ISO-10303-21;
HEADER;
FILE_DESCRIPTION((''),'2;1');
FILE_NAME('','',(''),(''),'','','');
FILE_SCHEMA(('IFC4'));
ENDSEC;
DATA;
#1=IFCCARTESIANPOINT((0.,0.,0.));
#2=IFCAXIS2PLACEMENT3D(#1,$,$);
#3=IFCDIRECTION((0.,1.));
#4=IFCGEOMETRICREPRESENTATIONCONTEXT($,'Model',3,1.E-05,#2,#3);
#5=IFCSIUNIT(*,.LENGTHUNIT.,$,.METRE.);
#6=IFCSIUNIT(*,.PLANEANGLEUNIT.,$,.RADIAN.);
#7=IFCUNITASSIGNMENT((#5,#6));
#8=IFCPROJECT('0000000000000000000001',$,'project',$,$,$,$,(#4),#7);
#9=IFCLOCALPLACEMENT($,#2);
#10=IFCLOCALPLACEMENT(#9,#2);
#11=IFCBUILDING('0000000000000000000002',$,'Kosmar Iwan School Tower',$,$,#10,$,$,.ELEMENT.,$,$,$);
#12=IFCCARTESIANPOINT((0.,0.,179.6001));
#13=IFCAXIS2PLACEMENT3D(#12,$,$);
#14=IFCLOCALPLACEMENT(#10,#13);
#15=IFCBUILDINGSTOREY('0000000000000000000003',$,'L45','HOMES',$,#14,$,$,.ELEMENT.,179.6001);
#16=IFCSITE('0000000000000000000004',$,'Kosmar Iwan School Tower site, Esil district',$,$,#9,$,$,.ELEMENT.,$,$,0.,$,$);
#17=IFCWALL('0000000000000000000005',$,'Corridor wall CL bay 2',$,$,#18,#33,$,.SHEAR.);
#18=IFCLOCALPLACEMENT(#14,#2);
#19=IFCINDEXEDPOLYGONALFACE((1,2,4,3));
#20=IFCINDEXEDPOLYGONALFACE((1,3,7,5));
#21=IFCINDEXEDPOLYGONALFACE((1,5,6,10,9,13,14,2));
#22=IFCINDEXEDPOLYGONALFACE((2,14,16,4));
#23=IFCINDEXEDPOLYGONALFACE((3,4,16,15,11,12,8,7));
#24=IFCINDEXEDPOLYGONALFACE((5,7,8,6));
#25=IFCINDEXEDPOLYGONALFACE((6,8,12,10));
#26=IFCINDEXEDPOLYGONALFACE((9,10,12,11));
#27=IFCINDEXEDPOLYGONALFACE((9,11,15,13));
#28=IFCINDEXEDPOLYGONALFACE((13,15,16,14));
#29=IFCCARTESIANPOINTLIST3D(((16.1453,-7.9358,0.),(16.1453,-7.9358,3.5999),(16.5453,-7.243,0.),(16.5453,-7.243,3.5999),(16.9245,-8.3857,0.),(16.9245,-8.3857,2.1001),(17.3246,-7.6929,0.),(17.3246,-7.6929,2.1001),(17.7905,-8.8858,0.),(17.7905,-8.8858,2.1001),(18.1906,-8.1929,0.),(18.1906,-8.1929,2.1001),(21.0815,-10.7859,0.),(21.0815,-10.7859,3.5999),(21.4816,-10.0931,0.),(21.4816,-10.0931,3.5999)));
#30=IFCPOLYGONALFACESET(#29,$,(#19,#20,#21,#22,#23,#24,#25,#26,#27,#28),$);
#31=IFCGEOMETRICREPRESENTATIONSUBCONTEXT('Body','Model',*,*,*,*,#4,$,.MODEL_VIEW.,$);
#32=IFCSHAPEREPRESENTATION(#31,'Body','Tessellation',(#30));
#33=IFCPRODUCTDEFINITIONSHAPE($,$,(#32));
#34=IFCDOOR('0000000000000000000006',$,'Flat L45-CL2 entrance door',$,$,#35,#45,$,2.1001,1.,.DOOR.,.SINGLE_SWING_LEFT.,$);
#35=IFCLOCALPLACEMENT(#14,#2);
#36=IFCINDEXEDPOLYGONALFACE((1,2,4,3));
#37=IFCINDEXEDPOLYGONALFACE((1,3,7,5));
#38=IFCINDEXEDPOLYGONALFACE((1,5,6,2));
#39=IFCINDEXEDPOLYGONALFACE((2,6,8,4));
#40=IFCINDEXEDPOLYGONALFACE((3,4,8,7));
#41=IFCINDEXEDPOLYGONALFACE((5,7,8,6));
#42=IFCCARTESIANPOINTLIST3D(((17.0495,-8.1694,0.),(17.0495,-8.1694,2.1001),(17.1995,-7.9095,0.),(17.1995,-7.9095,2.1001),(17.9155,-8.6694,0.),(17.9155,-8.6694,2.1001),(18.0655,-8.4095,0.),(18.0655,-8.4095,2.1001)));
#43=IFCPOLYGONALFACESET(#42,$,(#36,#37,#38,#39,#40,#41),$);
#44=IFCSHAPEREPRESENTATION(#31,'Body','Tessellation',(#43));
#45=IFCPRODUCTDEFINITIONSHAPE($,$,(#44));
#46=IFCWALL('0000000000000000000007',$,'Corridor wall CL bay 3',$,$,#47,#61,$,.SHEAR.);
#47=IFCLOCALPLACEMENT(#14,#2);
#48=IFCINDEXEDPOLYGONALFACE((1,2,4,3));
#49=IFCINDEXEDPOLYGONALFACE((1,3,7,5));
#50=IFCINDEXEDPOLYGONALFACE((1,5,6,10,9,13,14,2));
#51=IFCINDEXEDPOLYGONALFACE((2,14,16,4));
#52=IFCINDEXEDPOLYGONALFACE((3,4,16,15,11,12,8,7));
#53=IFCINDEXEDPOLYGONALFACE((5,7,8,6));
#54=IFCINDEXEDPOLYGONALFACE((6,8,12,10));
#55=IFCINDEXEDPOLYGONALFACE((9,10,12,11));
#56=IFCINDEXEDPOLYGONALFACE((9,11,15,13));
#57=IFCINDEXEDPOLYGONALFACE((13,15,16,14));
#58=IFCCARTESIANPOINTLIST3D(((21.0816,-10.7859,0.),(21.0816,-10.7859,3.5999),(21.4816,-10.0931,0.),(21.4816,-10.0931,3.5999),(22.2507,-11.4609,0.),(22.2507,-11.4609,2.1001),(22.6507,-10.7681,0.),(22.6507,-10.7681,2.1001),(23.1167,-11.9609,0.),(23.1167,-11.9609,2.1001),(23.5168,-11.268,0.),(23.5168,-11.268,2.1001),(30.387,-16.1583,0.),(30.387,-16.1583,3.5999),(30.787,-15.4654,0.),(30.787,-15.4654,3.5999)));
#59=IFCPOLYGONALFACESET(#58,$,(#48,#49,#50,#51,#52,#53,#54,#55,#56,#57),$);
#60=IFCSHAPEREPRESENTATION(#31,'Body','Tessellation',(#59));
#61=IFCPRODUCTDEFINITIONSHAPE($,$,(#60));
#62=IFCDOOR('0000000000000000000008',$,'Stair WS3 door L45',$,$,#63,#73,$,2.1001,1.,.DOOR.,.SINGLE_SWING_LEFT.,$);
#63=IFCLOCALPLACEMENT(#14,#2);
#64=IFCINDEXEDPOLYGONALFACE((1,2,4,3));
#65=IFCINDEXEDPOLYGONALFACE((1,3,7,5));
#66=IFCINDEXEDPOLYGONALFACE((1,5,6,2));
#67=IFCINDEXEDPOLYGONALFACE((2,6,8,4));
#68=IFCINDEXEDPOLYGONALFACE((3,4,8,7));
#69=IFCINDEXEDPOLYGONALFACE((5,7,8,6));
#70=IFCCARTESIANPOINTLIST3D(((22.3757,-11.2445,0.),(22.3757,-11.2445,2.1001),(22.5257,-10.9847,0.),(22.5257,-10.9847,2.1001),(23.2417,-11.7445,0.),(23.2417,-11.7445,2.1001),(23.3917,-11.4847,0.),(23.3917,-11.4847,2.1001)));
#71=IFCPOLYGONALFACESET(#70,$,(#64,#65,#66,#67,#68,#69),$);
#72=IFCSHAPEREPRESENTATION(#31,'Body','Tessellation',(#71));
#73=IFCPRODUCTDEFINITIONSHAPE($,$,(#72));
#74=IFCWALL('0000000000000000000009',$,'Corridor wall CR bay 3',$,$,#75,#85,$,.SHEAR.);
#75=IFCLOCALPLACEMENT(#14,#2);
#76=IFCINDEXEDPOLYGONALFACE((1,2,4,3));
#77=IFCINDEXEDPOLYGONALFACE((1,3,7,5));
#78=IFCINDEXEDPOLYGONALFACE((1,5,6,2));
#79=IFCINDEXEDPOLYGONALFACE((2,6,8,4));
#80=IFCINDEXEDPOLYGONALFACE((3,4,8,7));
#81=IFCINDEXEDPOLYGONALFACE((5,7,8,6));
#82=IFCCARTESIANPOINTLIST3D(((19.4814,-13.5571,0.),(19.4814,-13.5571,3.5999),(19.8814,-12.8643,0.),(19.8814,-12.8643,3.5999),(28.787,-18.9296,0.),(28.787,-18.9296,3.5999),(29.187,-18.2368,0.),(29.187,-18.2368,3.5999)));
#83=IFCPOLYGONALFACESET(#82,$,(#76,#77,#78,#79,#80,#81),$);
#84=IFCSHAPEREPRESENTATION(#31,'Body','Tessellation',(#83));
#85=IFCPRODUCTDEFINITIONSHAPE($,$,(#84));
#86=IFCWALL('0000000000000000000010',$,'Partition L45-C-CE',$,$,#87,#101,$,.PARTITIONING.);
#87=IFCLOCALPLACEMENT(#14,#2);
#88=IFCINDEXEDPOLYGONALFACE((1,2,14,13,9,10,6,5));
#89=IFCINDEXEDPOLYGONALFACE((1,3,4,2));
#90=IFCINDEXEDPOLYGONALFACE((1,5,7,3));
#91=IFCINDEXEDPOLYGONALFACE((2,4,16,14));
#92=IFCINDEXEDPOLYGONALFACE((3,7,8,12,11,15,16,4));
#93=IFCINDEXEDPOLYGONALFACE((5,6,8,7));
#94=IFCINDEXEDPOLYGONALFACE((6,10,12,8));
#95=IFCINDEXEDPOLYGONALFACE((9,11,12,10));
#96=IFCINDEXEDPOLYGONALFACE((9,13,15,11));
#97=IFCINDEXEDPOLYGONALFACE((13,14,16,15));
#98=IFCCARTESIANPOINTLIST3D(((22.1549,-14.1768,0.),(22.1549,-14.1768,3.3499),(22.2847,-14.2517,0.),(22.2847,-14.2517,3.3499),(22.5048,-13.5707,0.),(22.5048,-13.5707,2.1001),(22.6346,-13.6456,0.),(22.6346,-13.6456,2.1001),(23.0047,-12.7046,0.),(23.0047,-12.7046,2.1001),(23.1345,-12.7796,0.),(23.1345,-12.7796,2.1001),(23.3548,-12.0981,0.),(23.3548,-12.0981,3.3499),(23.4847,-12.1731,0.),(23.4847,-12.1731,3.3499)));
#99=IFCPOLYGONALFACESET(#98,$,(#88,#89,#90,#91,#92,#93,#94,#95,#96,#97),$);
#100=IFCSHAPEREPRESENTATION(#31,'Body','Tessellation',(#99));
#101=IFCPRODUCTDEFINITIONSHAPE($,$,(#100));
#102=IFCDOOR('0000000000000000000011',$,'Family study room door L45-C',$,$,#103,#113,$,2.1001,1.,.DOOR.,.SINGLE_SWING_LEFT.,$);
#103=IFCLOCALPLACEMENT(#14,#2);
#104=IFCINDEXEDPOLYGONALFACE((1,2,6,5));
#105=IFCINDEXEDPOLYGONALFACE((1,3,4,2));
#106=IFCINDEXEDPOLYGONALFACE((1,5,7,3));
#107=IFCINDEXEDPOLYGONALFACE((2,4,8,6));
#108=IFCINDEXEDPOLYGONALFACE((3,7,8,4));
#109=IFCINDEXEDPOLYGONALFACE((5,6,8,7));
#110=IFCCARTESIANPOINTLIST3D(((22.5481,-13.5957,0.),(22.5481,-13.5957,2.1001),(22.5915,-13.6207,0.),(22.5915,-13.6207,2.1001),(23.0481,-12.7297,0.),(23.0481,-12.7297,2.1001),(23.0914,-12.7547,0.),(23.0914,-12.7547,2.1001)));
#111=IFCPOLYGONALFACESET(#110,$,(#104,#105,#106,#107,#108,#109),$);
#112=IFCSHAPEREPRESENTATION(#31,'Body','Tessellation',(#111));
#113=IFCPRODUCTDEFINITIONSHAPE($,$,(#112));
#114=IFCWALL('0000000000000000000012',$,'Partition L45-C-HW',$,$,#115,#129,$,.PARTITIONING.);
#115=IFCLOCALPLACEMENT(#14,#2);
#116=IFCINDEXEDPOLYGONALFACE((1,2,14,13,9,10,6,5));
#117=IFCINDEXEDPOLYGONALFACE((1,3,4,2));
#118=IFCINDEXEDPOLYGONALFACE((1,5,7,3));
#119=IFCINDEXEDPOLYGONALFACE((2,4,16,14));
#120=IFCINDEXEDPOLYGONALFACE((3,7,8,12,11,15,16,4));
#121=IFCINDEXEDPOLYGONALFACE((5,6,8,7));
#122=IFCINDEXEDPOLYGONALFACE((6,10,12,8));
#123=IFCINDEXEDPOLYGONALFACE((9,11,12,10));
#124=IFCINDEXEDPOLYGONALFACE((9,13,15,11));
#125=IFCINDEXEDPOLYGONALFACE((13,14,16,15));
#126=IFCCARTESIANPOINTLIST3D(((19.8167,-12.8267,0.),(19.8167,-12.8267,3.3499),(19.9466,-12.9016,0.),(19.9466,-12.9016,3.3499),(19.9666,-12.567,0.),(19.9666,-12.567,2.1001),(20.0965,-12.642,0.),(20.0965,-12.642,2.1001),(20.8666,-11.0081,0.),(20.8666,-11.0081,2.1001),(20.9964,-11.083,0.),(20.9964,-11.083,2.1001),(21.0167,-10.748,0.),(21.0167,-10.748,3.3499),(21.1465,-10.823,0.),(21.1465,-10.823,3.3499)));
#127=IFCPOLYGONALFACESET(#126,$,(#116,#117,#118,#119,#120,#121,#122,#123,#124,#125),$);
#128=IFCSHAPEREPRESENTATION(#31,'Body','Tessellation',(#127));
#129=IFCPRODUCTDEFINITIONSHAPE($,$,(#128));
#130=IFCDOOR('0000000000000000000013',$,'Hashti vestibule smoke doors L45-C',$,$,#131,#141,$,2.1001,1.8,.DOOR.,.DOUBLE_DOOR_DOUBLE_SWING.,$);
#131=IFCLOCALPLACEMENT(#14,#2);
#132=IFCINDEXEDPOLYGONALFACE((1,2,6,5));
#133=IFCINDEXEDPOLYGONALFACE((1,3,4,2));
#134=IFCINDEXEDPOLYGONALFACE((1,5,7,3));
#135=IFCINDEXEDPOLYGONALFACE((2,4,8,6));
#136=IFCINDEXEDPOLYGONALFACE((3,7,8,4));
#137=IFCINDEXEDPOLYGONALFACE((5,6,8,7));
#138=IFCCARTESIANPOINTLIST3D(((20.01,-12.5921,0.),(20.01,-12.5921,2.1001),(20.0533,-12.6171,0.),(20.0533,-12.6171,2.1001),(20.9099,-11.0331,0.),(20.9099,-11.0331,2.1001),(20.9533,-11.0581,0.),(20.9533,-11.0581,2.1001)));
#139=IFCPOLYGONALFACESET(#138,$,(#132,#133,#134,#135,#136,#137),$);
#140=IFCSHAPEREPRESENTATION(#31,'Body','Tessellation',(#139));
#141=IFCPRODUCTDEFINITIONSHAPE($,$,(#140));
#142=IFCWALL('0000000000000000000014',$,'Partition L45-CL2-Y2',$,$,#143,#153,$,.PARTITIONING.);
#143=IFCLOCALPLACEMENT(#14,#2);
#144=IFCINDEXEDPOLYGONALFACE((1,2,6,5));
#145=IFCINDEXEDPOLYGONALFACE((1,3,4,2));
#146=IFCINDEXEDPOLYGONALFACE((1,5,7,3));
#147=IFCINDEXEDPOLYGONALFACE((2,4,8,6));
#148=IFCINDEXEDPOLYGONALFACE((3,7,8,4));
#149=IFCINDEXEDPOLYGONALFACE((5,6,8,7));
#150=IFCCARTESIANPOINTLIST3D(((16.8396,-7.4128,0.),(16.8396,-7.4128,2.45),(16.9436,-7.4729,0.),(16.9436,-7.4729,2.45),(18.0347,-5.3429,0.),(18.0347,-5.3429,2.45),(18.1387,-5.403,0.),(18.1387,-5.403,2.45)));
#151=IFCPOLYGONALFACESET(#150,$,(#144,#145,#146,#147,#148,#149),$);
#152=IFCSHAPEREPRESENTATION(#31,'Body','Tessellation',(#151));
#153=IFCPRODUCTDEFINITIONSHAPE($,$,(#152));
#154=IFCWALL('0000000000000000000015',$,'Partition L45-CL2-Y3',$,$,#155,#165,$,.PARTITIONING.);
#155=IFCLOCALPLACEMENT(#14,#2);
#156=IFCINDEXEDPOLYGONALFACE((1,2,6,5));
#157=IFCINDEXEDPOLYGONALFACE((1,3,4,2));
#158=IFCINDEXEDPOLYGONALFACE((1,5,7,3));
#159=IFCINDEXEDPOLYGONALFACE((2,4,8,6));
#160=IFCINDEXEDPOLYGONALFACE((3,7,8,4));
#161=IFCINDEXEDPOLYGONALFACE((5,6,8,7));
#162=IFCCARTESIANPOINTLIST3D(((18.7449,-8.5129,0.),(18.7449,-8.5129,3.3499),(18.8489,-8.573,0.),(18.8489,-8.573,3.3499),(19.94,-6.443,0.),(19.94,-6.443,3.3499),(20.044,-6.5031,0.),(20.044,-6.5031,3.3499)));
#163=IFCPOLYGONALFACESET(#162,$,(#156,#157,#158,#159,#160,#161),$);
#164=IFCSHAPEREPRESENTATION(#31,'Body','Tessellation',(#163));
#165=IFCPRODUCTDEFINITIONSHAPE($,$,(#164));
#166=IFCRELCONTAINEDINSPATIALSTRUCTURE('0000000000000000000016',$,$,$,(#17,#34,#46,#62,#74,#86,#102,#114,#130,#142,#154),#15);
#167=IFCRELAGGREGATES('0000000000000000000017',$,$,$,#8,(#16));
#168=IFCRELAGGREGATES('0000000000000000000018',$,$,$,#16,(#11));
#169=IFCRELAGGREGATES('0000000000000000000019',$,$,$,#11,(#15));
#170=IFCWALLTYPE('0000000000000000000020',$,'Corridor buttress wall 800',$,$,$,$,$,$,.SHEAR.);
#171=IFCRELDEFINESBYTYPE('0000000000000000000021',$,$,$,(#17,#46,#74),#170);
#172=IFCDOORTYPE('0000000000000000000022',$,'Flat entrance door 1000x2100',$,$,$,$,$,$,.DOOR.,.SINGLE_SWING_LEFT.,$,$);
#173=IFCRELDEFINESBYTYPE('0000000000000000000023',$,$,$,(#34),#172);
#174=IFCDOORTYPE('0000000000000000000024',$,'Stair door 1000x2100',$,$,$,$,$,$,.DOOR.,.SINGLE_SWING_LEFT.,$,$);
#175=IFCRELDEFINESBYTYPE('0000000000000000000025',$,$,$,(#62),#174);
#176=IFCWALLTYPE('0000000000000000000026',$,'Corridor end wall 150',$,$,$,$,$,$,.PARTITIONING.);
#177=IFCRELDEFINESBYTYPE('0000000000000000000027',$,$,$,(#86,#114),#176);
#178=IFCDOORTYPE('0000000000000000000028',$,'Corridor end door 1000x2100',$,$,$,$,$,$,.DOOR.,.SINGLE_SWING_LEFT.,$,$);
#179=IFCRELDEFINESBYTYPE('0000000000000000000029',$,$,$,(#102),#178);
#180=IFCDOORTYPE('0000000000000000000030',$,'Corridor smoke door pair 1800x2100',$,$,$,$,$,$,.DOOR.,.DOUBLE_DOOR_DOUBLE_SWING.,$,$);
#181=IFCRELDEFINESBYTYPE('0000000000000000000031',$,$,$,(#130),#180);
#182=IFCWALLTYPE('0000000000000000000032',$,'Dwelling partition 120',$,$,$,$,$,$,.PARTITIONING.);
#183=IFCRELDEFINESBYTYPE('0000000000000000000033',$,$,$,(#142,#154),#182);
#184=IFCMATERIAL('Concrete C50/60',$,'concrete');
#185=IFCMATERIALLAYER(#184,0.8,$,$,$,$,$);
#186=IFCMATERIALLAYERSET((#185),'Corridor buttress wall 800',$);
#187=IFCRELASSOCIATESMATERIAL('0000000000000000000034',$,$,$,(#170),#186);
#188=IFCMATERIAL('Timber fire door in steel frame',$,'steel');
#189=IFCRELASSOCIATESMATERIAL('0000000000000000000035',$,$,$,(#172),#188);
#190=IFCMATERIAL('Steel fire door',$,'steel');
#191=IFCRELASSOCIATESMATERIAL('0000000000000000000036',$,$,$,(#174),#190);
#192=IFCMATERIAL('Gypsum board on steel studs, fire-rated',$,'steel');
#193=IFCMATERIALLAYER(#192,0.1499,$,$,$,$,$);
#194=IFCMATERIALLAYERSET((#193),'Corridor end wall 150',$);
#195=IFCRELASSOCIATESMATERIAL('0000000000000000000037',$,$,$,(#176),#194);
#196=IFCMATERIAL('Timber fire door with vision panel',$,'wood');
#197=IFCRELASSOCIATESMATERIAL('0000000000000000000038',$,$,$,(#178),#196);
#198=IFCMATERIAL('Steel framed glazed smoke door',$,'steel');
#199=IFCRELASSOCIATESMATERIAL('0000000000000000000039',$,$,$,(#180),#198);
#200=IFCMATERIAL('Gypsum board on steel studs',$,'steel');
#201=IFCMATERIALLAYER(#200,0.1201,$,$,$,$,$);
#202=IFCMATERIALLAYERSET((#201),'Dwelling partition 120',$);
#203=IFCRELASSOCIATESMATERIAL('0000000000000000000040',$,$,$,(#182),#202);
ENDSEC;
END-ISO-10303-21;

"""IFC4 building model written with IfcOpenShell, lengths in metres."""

from ifc_helpers import new_model, si_unit, direction, frame, frame_2d, origin, place, context, subcontext, project, spatial, rectangle, extrude, material, layer, layer_set, type_object, element, fill, save


model = new_model("IFC4")

# Units and contexts
model_context = context("Model", 3, precision=1e-05, world=origin(), true_north=direction((0.0, 1.0)))
body_context = subcontext(model_context, "Body", "Model", "MODEL_VIEW")
ifc_project = project(units=[si_unit("LENGTHUNIT", "METRE"), si_unit("PLANEANGLEUNIT", "RADIAN")], contexts=[model_context])

# Site, building, storey
site_placement = place(None, origin())
site = spatial("IfcSite", under=ifc_project, at=site_placement, Name="Kosmar Iwan School Tower site, Esil district", CompositionType="ELEMENT", RefElevation=0.0)
building_placement = place(site_placement, origin())
building = spatial("IfcBuilding", under=site, at=building_placement, Name="Kosmar Iwan School Tower", CompositionType="ELEMENT")
storey_placement = place(building_placement, frame((0.0, 0.0, 179.6001)))
storey = spatial("IfcBuildingStorey", under=building, at=storey_placement, Name="L45", Description="HOMES", CompositionType="ELEMENT", Elevation=179.6001)

# Walls, openings, doors
ifc_material_1 = material(Name="Concrete C50/60", Category="concrete")
ifc_layer_1 = layer(ifc_material_1, 0.8)
ifc_layer_set_1 = layer_set([ifc_layer_1], Name="Corridor buttress wall 800")
wall_type_1 = type_object("IfcWallType", Name="Corridor buttress wall 800", PredefinedType="SHEAR", material=ifc_layer_set_1)
wall_1_placement = place(storey_placement, frame((16.3452, -7.5894, 0.0), z_axis=(0.0, 0.0, 1.0), x_axis=(0.866015, -0.500018, 0.0)))
wall_1 = element("IfcWall", 1, at=wall_1_placement, inside=storey, type_object=wall_type_1, Name="Corridor wall CL bay 2", PredefinedType="SHEAR", context=body_context, shape_type="SweptSolid", body=[
    extrude(rectangle(XDim=5.7, YDim=0.8, at=frame_2d((2.8501, 0.0))), origin(), (0.0, 0.0, 1.0), 3.5999),
])
opening_1_placement = place(wall_1_placement, frame((0.8999, 0.0, 0.0)))
opening_1 = element("IfcOpeningElement", 2, at=opening_1_placement, cuts=wall_1, PredefinedType="OPENING", context=body_context, shape_type="SweptSolid", body=[
    extrude(rectangle(XDim=1.0, YDim=2.1001, at=frame_2d((0.5, 1.05))), frame((0.0, 0.4121, 0.0), z_axis=(0.0, -1.0, 0.0), x_axis=(1.0, 0.0, 0.0)), (0.0, 0.0, 1.0), 0.824),
])
ifc_material_2 = material(Name="Timber fire door in steel frame", Category="steel")
door_type_1 = type_object("IfcDoorType", Name="Flat entrance door 1000x2100", OperationType="SINGLE_SWING_LEFT", PredefinedType="DOOR", material=ifc_material_2)
door_1_placement = place(opening_1_placement, origin())
door_1 = element("IfcDoor", 3, at=door_1_placement, inside=storey, type_object=door_type_1, Name="Flat L45-CL2 entrance door", OperationType="SINGLE_SWING_LEFT", OverallHeight=2.1001, OverallWidth=1.0, PredefinedType="DOOR", context=body_context, shape_type="SweptSolid", body=[
    extrude(rectangle(XDim=1.0, YDim=2.1001, at=frame_2d((0.5, 1.05))), frame((0.0, 0.1499, 0.0), z_axis=(0.0, -1.0, 0.0), x_axis=(1.0, 0.0, 0.0)), (0.0, 0.0, 1.0), 0.3),
])
fill(opening_1, door_1)
wall_2_placement = place(storey_placement, frame((21.2815, -10.4395, 0.0), z_axis=(0.0, 0.0, 1.0), x_axis=(0.866032, -0.499988, 0.0)))
wall_2 = element("IfcWall", 4, at=wall_2_placement, inside=storey, type_object=wall_type_1, Name="Corridor wall CL bay 3", PredefinedType="SHEAR", context=body_context, shape_type="SweptSolid", body=[
    extrude(rectangle(XDim=10.7449, YDim=0.8, at=frame_2d((5.3726, 0.0))), origin(), (0.0, 0.0, 1.0), 3.5999),
])
opening_2_placement = place(wall_2_placement, frame((1.3501, 0.0, 0.0)))
opening_2 = element("IfcOpeningElement", 5, at=opening_2_placement, cuts=wall_2, PredefinedType="OPENING", context=body_context, shape_type="SweptSolid", body=[
    extrude(rectangle(XDim=1.0, YDim=2.1001, at=frame_2d((0.5, 1.05))), frame((0.0, 0.4121, 0.0), z_axis=(0.0, -1.0, 0.0), x_axis=(1.0, 0.0, 0.0)), (0.0, 0.0, 1.0), 0.824),
])
ifc_material_3 = material(Name="Steel fire door", Category="steel")
door_type_2 = type_object("IfcDoorType", Name="Stair door 1000x2100", OperationType="SINGLE_SWING_LEFT", PredefinedType="DOOR", material=ifc_material_3)
door_2_placement = place(opening_2_placement, origin())
door_2 = element("IfcDoor", 6, at=door_2_placement, inside=storey, type_object=door_type_2, Name="Stair WS3 door L45", OperationType="SINGLE_SWING_LEFT", OverallHeight=2.1001, OverallWidth=1.0, PredefinedType="DOOR", context=body_context, shape_type="SweptSolid", body=[
    extrude(rectangle(XDim=1.0, YDim=2.1001, at=frame_2d((0.5, 1.05))), frame((0.0, 0.1499, 0.0), z_axis=(0.0, -1.0, 0.0), x_axis=(1.0, 0.0, 0.0)), (0.0, 0.0, 1.0), 0.3),
])
fill(opening_2, door_2)

# Wall
wall_3_placement = place(storey_placement, frame((19.6814, -13.2107, 0.0), z_axis=(0.0, 0.0, 1.0), x_axis=(0.866028, -0.499995, 0.0)))
element("IfcWall", 7, at=wall_3_placement, inside=storey, type_object=wall_type_1, Name="Corridor wall CR bay 3", PredefinedType="SHEAR", context=body_context, shape_type="SweptSolid", body=[
    extrude(rectangle(XDim=10.7451, YDim=0.8, at=frame_2d((5.3726, 0.0))), origin(), (0.0, 0.0, 1.0), 3.5999),
])

# Walls, openings, doors
ifc_material_4 = material(Name="Gypsum board on steel studs, fire-rated", Category="steel")
ifc_layer_2 = layer(ifc_material_4, 0.1499)
ifc_layer_set_2 = layer_set([ifc_layer_2], Name="Corridor end wall 150")
wall_type_2 = type_object("IfcWallType", Name="Corridor end wall 150", PredefinedType="PARTITIONING", material=ifc_layer_set_2)
wall_4_placement = place(storey_placement, frame((22.2197, -14.2144, 0.0), z_axis=(0.0, 0.0, 1.0), x_axis=(0.499957, 0.86605, 0.0)))
wall_4 = element("IfcWall", 8, at=wall_4_placement, inside=storey, type_object=wall_type_2, Name="Partition L45-C-CE", PredefinedType="PARTITIONING", context=body_context, shape_type="SweptSolid", body=[
    extrude(rectangle(XDim=2.4001, YDim=0.1499, at=frame_2d((1.2002, 0.0))), origin(), (0.0, 0.0, 1.0), 3.3499),
])
opening_3_placement = place(wall_4_placement, frame((0.7, 0.0, 0.0)))
opening_3 = element("IfcOpeningElement", 9, at=opening_3_placement, cuts=wall_4, PredefinedType="OPENING", context=body_context, shape_type="SweptSolid", body=[
    extrude(rectangle(XDim=1.0, YDim=2.1001, at=frame_2d((0.5, 1.05))), frame((0.0, 0.0869, 0.0), z_axis=(0.0, -1.0, 0.0), x_axis=(1.0, 0.0, 0.0)), (0.0, 0.0, 1.0), 0.1738),
])
ifc_material_5 = material(Name="Timber fire door with vision panel", Category="wood")
door_type_3 = type_object("IfcDoorType", Name="Corridor end door 1000x2100", OperationType="SINGLE_SWING_LEFT", PredefinedType="DOOR", material=ifc_material_5)
door_3_placement = place(opening_3_placement, origin())
door_3 = element("IfcDoor", 10, at=door_3_placement, inside=storey, type_object=door_type_3, Name="Family study room door L45-C", OperationType="SINGLE_SWING_LEFT", OverallHeight=2.1001, OverallWidth=1.0, PredefinedType="DOOR", context=body_context, shape_type="SweptSolid", body=[
    extrude(rectangle(XDim=1.0, YDim=2.1001, at=frame_2d((0.5, 1.05))), frame((0.0, 0.0249, 0.0), z_axis=(0.0, -1.0, 0.0), x_axis=(1.0, 0.0, 0.0)), (0.0, 0.0, 1.0), 0.05),
])
fill(opening_3, door_3)
wall_5_placement = place(storey_placement, frame((19.8816, -12.8643, 0.0), z_axis=(0.0, 0.0, 1.0), x_axis=(0.499957, 0.86605, 0.0)))
wall_5 = element("IfcWall", 11, at=wall_5_placement, inside=storey, type_object=wall_type_2, Name="Partition L45-C-HW", PredefinedType="PARTITIONING", context=body_context, shape_type="SweptSolid", body=[
    extrude(rectangle(XDim=2.4001, YDim=0.1499, at=frame_2d((1.2002, 0.0))), origin(), (0.0, 0.0, 1.0), 3.3499),
])
opening_4_placement = place(wall_5_placement, frame((0.3, 0.0, 0.0)))
opening_4 = element("IfcOpeningElement", 12, at=opening_4_placement, cuts=wall_5, PredefinedType="OPENING", context=body_context, shape_type="SweptSolid", body=[
    extrude(rectangle(XDim=1.8, YDim=2.1001, at=frame_2d((0.8999, 1.05))), frame((0.0, 0.0869, 0.0), z_axis=(0.0, -1.0, 0.0), x_axis=(1.0, 0.0, 0.0)), (0.0, 0.0, 1.0), 0.1738),
])
ifc_material_6 = material(Name="Steel framed glazed smoke door", Category="steel")
door_type_4 = type_object("IfcDoorType", Name="Corridor smoke door pair 1800x2100", OperationType="DOUBLE_DOOR_DOUBLE_SWING", PredefinedType="DOOR", material=ifc_material_6)
door_4_placement = place(opening_4_placement, origin())
door_4 = element("IfcDoor", 13, at=door_4_placement, inside=storey, type_object=door_type_4, Name="Hashti vestibule smoke doors L45-C", OperationType="DOUBLE_DOOR_DOUBLE_SWING", OverallHeight=2.1001, OverallWidth=1.8, PredefinedType="DOOR", context=body_context, shape_type="SweptSolid", body=[
    extrude(rectangle(XDim=1.8, YDim=2.1001, at=frame_2d((0.8999, 1.05))), frame((0.0, 0.0249, 0.0), z_axis=(0.0, -1.0, 0.0), x_axis=(1.0, 0.0, 0.0)), (0.0, 0.0, 1.0), 0.05),
])
fill(opening_4, door_4)

# Walls
ifc_material_7 = material(Name="Gypsum board on steel studs", Category="steel")
ifc_layer_3 = layer(ifc_material_7, 0.1201)
ifc_layer_set_3 = layer_set([ifc_layer_3], Name="Dwelling partition 120")
wall_type_3 = type_object("IfcWallType", Name="Dwelling partition 120", PredefinedType="PARTITIONING", material=ifc_layer_set_3)
wall_6_placement = place(storey_placement, frame((16.8916, -7.4429, 0.0), z_axis=(0.0, 0.0, 1.0), x_axis=(0.500017, 0.866015, 0.0)))
element("IfcWall", 14, at=wall_6_placement, inside=storey, type_object=wall_type_3, Name="Partition L45-CL2-Y2", PredefinedType="PARTITIONING", context=body_context, shape_type="SweptSolid", body=[
    extrude(rectangle(XDim=2.3901, YDim=0.1201, at=frame_2d((1.1951, 0.0))), origin(), (0.0, 0.0, 1.0), 2.45),
])
for number, where, z_axis, x_axis, name in (
    (15, (18.7969, -8.543, 0.0), (0.0, 0.0, 1.0), (0.500017, 0.866015, 0.0), "Partition L45-CL2-Y3"),
):
    element("IfcWall", number, at=place(storey_placement, frame(where, z_axis=z_axis, x_axis=x_axis)), inside=storey, type_object=wall_type_3, Name=name, PredefinedType="PARTITIONING", context=body_context, shape_type="SweptSolid", body=[
        extrude(rectangle(XDim=2.3901, YDim=0.1201, at=frame_2d((1.1951, 0.0))), origin(), (0.0, 0.0, 1.0), 3.3499),
    ])

save(model, "model.ifc")
